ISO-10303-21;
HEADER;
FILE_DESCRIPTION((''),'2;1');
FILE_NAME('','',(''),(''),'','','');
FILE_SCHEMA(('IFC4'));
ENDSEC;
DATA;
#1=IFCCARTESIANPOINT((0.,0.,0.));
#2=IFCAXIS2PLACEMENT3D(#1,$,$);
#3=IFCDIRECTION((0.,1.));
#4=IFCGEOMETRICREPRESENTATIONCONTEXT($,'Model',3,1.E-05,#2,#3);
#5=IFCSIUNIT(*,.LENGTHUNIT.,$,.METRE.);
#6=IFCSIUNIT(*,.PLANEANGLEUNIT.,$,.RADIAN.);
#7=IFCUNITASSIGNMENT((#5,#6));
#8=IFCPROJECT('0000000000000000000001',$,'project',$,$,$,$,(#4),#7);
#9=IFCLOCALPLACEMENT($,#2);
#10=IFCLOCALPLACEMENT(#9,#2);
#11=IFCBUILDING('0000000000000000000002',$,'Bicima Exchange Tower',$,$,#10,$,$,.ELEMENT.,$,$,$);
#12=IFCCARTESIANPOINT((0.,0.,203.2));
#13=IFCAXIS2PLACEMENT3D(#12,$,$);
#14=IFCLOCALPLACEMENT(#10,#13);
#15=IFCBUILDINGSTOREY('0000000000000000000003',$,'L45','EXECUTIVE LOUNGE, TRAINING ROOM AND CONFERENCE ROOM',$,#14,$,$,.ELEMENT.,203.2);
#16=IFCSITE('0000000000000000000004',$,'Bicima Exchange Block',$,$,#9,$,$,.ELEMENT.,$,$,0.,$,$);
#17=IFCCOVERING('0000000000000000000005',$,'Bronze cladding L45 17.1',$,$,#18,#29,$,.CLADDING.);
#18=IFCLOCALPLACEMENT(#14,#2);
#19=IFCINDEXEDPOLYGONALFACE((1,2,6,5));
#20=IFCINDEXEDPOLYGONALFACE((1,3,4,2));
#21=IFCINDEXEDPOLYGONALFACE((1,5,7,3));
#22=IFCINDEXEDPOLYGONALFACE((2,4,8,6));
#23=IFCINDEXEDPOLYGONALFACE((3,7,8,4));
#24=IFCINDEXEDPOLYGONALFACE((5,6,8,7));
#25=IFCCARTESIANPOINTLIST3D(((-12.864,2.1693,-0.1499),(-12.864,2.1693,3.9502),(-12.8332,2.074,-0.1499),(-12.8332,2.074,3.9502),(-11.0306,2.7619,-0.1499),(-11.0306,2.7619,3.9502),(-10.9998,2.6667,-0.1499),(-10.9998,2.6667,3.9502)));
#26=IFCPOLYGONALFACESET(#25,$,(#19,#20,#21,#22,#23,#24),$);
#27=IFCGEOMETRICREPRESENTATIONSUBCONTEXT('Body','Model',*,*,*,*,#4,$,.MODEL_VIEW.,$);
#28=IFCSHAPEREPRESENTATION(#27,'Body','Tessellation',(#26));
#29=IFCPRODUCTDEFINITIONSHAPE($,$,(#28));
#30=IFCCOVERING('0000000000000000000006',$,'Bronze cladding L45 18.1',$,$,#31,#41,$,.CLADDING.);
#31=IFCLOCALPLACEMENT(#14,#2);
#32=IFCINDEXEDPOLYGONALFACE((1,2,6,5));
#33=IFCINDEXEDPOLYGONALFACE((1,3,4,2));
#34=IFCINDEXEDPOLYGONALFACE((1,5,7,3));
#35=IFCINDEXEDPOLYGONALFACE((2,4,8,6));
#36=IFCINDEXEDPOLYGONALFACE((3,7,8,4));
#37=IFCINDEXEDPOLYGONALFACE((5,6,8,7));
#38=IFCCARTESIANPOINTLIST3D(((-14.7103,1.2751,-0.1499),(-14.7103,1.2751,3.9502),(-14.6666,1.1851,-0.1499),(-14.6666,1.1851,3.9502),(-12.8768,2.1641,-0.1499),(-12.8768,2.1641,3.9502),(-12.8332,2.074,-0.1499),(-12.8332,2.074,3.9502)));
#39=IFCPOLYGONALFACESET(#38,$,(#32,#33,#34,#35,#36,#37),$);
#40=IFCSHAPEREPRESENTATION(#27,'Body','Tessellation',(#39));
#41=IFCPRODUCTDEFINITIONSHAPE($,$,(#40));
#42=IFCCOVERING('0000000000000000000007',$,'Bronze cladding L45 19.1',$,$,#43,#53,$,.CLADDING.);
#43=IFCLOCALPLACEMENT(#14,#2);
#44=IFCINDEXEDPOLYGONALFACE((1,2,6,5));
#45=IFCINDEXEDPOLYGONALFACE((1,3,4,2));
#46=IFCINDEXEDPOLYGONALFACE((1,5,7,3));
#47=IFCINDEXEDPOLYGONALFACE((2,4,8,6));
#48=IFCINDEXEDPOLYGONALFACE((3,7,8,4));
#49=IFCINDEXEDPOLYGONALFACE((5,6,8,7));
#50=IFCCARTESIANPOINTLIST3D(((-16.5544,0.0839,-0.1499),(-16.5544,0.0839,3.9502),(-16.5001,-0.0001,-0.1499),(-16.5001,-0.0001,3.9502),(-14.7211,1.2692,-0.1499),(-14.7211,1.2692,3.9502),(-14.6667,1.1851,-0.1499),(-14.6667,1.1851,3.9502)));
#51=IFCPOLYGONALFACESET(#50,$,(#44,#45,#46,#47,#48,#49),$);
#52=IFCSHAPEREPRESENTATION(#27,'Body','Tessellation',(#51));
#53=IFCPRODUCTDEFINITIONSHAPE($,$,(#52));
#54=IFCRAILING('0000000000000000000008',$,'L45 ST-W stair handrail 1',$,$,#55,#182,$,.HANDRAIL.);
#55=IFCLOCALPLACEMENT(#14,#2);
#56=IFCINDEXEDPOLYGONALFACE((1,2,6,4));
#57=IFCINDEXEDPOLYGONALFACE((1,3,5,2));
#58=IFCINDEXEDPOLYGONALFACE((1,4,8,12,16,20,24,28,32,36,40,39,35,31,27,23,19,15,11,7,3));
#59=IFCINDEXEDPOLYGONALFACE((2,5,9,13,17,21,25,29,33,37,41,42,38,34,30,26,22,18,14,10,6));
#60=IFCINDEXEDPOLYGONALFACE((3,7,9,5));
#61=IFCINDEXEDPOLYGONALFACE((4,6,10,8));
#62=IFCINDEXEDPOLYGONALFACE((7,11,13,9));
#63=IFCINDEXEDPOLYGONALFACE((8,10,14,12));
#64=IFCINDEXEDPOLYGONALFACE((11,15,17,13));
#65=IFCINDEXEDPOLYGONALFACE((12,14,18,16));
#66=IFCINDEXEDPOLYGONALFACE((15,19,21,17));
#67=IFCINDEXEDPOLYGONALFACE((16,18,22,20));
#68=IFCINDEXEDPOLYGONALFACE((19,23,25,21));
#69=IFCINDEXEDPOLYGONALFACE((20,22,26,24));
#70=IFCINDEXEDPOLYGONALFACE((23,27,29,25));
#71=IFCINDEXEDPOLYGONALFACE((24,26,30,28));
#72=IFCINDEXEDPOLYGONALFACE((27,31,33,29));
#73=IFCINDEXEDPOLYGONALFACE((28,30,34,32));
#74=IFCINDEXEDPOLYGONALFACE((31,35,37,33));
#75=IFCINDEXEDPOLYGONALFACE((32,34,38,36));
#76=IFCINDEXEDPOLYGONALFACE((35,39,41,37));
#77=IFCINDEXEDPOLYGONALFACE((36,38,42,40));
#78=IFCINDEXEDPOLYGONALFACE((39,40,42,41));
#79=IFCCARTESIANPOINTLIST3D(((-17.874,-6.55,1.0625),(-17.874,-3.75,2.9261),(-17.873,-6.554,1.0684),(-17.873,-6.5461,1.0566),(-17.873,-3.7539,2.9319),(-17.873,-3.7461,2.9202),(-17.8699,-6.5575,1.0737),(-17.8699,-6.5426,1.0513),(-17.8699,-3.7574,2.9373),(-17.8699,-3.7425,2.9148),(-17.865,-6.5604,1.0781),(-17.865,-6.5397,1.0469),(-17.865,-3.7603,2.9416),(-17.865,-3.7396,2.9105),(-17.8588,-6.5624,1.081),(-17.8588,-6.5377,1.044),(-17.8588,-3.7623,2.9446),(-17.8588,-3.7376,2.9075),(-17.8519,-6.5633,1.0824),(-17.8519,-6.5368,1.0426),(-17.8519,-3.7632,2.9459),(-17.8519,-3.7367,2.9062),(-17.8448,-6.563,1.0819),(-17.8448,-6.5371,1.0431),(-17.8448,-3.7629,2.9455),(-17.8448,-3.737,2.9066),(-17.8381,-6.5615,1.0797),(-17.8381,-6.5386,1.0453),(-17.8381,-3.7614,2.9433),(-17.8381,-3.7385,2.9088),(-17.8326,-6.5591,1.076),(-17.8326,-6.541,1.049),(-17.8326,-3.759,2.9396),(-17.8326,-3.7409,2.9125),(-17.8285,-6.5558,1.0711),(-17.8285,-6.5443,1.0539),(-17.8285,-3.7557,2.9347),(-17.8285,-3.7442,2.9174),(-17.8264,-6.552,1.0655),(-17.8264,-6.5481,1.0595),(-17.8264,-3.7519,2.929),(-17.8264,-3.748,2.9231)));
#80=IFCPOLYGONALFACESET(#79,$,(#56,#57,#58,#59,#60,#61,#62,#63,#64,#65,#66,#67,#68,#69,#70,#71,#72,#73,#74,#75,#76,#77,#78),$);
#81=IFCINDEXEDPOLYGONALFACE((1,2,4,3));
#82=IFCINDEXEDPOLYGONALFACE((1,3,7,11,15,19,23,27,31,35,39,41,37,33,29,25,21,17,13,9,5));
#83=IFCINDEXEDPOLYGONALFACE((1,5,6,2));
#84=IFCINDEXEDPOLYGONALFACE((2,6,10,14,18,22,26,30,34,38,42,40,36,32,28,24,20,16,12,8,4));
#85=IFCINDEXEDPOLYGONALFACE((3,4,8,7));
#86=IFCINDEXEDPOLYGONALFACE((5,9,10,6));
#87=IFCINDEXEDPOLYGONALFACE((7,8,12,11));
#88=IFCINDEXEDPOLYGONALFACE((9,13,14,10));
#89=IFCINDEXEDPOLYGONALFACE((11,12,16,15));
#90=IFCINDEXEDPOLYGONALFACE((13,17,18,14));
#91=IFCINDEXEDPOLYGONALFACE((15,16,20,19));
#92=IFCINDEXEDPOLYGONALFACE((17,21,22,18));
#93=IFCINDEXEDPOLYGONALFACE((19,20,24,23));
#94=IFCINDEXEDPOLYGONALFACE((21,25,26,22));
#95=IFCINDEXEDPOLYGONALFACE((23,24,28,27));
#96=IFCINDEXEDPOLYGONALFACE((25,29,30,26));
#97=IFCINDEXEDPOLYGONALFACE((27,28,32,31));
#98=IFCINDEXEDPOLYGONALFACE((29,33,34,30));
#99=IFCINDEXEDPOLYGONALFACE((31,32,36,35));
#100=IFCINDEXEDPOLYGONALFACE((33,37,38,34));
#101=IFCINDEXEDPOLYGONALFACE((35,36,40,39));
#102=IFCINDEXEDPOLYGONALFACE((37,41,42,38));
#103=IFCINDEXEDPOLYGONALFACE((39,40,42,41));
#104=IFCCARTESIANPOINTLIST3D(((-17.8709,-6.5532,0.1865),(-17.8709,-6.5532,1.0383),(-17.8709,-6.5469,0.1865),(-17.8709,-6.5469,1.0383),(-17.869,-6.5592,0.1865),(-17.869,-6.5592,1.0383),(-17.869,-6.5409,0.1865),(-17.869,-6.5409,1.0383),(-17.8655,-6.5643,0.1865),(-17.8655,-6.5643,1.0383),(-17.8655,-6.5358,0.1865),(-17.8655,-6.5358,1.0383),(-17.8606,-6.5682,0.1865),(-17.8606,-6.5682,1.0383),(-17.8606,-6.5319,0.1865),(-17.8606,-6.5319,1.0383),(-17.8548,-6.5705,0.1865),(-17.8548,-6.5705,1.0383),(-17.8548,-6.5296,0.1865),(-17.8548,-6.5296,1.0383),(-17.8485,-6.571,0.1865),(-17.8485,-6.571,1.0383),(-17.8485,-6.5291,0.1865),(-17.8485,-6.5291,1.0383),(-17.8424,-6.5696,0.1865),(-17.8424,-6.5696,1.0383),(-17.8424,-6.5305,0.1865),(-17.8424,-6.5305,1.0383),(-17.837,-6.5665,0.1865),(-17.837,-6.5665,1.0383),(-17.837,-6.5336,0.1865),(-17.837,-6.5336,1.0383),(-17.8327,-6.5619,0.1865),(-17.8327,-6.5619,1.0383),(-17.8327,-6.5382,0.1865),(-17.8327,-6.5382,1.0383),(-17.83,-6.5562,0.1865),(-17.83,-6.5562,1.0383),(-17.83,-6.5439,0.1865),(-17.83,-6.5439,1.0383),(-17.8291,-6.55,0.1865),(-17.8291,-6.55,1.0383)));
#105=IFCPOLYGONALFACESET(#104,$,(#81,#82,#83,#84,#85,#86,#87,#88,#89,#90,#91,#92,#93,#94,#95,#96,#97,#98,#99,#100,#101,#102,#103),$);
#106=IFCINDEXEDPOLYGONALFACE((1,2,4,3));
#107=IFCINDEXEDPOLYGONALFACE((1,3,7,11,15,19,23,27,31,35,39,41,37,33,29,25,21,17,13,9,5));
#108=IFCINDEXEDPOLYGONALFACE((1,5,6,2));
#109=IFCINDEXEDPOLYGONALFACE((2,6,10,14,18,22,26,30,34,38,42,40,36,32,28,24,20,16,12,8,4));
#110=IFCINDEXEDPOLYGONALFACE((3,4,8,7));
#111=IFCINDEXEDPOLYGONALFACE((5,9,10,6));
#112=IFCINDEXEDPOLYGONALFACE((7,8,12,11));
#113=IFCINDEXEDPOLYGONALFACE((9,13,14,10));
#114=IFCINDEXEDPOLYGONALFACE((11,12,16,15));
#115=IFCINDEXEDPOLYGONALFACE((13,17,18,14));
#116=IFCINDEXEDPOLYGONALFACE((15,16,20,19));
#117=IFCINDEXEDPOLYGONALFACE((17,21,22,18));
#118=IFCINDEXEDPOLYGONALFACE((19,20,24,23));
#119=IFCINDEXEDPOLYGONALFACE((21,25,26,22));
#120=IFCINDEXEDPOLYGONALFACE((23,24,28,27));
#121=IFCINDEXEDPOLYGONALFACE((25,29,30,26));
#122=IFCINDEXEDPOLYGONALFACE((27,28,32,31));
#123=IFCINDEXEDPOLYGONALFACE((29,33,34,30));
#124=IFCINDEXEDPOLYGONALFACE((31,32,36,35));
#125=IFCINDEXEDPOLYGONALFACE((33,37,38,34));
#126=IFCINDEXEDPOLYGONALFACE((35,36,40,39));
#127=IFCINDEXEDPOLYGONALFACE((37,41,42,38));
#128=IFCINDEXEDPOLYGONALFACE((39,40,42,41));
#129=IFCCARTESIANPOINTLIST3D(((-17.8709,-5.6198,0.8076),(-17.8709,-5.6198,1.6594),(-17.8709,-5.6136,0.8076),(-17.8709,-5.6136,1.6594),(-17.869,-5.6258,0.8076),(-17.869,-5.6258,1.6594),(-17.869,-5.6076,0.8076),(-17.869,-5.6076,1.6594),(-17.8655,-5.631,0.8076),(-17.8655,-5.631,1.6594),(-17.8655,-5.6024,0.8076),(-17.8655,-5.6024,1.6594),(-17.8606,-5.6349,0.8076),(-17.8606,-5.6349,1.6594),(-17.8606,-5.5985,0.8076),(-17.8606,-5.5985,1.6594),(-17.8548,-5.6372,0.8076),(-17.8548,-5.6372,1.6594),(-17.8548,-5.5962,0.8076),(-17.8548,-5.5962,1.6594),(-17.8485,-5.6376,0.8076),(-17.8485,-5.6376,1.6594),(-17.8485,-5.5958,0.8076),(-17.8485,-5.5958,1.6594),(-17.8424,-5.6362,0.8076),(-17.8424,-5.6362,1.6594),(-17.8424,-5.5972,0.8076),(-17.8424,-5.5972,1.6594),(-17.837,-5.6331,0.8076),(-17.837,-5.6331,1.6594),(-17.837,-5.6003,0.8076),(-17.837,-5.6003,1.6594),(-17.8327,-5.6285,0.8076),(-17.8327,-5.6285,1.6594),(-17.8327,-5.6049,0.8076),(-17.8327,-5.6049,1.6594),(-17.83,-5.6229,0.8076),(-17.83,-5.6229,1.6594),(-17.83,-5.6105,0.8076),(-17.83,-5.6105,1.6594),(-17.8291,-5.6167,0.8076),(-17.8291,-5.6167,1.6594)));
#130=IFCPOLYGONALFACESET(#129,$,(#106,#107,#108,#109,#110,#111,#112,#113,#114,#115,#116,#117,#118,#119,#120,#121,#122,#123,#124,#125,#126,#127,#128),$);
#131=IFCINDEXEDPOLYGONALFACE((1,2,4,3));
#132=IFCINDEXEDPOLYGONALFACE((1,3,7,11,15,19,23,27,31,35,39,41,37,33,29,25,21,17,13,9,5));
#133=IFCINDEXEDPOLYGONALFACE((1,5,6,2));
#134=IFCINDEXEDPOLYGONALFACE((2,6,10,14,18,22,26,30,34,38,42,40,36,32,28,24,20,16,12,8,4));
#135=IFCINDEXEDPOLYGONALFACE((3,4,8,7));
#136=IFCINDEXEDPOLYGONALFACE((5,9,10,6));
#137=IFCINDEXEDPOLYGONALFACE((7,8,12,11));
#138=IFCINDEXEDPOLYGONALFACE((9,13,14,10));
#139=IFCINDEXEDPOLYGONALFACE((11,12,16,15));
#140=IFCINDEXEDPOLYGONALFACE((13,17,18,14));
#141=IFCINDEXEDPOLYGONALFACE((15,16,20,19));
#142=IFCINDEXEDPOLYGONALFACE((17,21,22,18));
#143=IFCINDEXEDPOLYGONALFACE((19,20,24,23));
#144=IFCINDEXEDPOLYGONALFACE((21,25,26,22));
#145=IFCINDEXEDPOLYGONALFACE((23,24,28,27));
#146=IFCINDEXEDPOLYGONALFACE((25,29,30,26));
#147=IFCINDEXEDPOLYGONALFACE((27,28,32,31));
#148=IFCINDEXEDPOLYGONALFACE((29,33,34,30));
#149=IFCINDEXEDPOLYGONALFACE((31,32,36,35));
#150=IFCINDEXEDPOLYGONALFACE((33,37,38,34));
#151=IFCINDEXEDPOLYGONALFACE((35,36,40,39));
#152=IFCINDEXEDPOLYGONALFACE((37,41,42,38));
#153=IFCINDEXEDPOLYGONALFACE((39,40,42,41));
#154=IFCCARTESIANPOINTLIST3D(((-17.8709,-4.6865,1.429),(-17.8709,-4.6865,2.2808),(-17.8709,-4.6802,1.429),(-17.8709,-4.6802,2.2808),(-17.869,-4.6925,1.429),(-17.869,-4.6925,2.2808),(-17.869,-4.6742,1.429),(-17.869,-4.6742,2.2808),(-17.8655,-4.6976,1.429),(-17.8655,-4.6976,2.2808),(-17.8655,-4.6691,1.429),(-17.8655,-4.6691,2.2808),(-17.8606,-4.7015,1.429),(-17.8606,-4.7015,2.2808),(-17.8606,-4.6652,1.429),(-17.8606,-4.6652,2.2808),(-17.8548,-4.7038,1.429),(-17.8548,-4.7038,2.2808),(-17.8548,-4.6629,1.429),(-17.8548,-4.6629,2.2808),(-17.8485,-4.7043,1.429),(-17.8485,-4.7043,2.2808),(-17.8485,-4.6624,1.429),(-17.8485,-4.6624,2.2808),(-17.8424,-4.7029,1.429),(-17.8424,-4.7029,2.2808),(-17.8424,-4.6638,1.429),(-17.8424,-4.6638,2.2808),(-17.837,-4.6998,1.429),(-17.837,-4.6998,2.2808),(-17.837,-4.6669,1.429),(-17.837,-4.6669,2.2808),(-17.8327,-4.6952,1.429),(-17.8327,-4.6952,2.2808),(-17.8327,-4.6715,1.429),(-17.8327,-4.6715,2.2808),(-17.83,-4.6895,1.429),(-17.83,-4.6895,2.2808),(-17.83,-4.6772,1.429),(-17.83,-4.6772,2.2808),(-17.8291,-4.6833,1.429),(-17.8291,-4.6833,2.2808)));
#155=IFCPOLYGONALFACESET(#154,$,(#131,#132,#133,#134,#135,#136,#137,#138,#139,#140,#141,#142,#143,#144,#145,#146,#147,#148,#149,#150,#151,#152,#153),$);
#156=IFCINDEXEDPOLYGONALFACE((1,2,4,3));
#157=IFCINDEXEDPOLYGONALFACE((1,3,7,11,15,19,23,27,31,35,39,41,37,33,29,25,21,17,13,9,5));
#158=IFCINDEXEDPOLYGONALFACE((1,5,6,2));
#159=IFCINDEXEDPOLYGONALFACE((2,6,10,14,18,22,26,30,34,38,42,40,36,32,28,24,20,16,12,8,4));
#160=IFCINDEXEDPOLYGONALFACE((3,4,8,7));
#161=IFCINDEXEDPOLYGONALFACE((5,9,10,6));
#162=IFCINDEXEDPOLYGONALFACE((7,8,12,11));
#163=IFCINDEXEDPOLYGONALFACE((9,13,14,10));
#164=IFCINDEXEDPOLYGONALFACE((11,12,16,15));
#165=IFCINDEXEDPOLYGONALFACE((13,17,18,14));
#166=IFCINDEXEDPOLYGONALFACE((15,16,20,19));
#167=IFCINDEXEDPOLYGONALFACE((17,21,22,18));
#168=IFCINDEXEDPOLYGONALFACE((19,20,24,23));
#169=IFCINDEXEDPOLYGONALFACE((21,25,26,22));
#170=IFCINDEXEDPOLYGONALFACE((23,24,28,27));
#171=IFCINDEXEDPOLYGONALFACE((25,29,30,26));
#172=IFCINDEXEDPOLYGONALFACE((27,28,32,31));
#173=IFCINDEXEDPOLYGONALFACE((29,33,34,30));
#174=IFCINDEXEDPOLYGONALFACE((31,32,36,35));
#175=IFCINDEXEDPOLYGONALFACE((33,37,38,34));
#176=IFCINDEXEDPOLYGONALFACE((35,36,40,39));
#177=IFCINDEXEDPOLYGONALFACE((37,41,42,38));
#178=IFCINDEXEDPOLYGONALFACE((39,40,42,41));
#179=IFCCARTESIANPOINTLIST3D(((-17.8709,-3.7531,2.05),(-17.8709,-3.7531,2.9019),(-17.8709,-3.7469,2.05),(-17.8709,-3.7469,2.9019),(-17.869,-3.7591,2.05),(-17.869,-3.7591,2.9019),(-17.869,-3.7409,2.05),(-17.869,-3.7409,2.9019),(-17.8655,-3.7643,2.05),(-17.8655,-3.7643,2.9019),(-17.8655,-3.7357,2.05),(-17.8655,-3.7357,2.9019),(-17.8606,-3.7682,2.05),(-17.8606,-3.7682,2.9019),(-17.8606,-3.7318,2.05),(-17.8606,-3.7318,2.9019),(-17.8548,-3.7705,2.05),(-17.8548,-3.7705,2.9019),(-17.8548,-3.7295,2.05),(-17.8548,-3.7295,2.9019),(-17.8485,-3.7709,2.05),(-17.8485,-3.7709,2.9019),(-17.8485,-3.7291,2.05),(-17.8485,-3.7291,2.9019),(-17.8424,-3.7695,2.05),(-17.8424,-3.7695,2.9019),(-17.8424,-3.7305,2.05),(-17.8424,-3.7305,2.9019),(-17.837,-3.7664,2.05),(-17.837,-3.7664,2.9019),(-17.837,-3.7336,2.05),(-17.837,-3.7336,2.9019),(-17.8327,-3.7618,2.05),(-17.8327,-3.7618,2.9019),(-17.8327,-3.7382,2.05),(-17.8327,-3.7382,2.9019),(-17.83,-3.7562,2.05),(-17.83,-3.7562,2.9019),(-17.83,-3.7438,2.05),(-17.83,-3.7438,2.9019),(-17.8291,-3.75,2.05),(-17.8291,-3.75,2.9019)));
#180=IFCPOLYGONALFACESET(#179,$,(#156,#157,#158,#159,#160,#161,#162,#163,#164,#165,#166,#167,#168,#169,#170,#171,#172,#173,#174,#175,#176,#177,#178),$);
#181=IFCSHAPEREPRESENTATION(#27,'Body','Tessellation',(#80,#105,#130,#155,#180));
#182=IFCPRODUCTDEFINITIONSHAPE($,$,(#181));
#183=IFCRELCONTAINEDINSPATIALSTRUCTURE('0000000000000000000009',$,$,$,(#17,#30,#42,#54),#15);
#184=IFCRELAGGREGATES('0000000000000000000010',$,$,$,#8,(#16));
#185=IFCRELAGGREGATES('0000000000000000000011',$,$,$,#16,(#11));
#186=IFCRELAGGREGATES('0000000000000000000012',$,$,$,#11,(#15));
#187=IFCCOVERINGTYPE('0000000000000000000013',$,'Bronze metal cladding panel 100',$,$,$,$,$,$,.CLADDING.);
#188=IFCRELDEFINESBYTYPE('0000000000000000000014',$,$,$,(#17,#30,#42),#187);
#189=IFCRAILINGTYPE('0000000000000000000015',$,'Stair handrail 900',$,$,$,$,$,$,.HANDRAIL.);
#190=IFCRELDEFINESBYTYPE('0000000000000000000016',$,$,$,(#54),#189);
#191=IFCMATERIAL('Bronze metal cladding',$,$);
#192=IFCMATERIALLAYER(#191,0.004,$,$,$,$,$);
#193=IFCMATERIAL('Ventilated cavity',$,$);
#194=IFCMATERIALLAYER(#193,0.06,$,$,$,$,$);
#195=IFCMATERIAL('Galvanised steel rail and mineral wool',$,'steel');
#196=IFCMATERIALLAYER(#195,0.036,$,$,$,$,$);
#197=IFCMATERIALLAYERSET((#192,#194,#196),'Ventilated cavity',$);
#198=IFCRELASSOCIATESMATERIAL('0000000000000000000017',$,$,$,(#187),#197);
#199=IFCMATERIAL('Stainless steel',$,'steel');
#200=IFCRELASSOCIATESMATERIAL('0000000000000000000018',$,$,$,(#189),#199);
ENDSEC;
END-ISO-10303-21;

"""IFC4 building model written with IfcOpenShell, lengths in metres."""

from ifc_helpers import new_model, si_unit, direction, frame, origin, origin_2d, place, context, subcontext, project, spatial, rectangle, circle, extrude, material, layer, layer_set, type_object, element, save


model = new_model("IFC4")

# Units and contexts
model_context = context("Model", 3, precision=1e-05, world=origin(), true_north=direction((0.0, 1.0)))
body_context = subcontext(model_context, "Body", "Model", "MODEL_VIEW")
ifc_project = project(units=[si_unit("LENGTHUNIT", "METRE"), si_unit("PLANEANGLEUNIT", "RADIAN")], contexts=[model_context])

# Site, building, storey
site_placement = place(None, origin())
site = spatial("IfcSite", under=ifc_project, at=site_placement, Name="Bicima Exchange Block", CompositionType="ELEMENT", RefElevation=0.0)
building_placement = place(site_placement, origin())
building = spatial("IfcBuilding", under=site, at=building_placement, Name="Bicima Exchange Tower", CompositionType="ELEMENT")
storey_placement = place(building_placement, frame((0.0, 0.0, 203.2)))
storey = spatial("IfcBuildingStorey", under=building, at=storey_placement, Name="L45", Description="EXECUTIVE LOUNGE, TRAINING ROOM AND CONFERENCE ROOM", CompositionType="ELEMENT", Elevation=203.2)

# Shared definitions
ifc_material_1 = material(Name="Stainless steel", Category="steel")

# Coverings
ifc_material_2 = material(Name="Bronze metal cladding")
ifc_layer_1 = layer(ifc_material_2, 0.004)
ifc_material_3 = material(Name="Ventilated cavity")
ifc_layer_2 = layer(ifc_material_3, 0.06)
ifc_material_4 = material(Name="Galvanised steel rail and mineral wool", Category="steel")
ifc_layer_3 = layer(ifc_material_4, 0.036)
ifc_layer_set_1 = layer_set([ifc_layer_1, ifc_layer_2, ifc_layer_3], Name="Ventilated cavity")
covering_type = type_object("IfcCoveringType", Name="Bronze metal cladding panel 100", PredefinedType="CLADDING", material=ifc_layer_set_1)
covering_1_placement = place(storey_placement, frame((-11.9319, 2.418, -0.1499), z_axis=(0.0, 0.0, 1.0), x_axis=(-0.951525, -0.307573, 0.0)))
element("IfcCovering", 1, at=covering_1_placement, inside=storey, type_object=covering_type, Name="Bronze cladding L45 17.1", PredefinedType="CLADDING", context=body_context, shape_type="SweptSolid", body=[
    extrude(rectangle(XDim=1.9268, YDim=0.1001, at=origin_2d()), origin(), (0.0, 0.0, 1.0), 4.1001),
])
covering_2_placement = place(storey_placement, frame((-13.7717, 1.6746, -0.1499), z_axis=(0.0, 0.0, 1.0), x_axis=(-0.899818, -0.436265, 0.0)))
element("IfcCovering", 2, at=covering_2_placement, inside=storey, type_object=covering_type, Name="Bronze cladding L45 18.1", PredefinedType="CLADDING", context=body_context, shape_type="SweptSolid", body=[
    extrude(rectangle(XDim=2.0376, YDim=0.1001, at=origin_2d()), origin(), (0.0, 0.0, 1.0), 4.1001),
])
covering_3_placement = place(storey_placement, frame((-15.6106, 0.6345, -0.1499), z_axis=(0.0, 0.0, 1.0), x_axis=(-0.83979, -0.542911, 0.0)))
element("IfcCovering", 3, at=covering_3_placement, inside=storey, type_object=covering_type, Name="Bronze cladding L45 19.1", PredefinedType="CLADDING", context=body_context, shape_type="SweptSolid", body=[
    extrude(rectangle(XDim=2.1831, YDim=0.1001, at=origin_2d()), origin(), (0.0, 0.0, 1.0), 4.1001),
])

# Railing
railing_type_1 = type_object("IfcRailingType", Name="Stair handrail 900", PredefinedType="HANDRAIL", material=ifc_material_1)
railing_1_placement = place(storey_placement, frame((-17.8501, -6.55, 0.1865)))
element("IfcRailing", 4, at=railing_1_placement, inside=storey, type_object=railing_type_1, Name="L45 ST-W stair handrail 1", PredefinedType="HANDRAIL", context=body_context, shape_type="SweptSolid", body=[
    extrude(circle(Radius=0.0239, at=origin_2d()), frame((0.0, 0.0, 0.876), z_axis=(0.0, 0.832486, 0.554047), x_axis=(-1.0, 0.0, 0.0)), (0.0, 0.0, 1.0), 3.3635),
    extrude(circle(Radius=0.021, at=origin_2d()), origin(), (0.0, 0.0, 1.0), 0.8518),
    extrude(circle(Radius=0.021, at=origin_2d()), frame((0.0, 0.9333, 0.6211)), (0.0, 0.0, 1.0), 0.8518),
    extrude(circle(Radius=0.021, at=origin_2d()), frame((0.0, 1.8667, 1.2424)), (0.0, 0.0, 1.0), 0.8518),
    extrude(circle(Radius=0.021, at=origin_2d()), frame((0.0, 2.8, 1.8635)), (0.0, 0.0, 1.0), 0.8518),
])

save(model, "model.ifc")
